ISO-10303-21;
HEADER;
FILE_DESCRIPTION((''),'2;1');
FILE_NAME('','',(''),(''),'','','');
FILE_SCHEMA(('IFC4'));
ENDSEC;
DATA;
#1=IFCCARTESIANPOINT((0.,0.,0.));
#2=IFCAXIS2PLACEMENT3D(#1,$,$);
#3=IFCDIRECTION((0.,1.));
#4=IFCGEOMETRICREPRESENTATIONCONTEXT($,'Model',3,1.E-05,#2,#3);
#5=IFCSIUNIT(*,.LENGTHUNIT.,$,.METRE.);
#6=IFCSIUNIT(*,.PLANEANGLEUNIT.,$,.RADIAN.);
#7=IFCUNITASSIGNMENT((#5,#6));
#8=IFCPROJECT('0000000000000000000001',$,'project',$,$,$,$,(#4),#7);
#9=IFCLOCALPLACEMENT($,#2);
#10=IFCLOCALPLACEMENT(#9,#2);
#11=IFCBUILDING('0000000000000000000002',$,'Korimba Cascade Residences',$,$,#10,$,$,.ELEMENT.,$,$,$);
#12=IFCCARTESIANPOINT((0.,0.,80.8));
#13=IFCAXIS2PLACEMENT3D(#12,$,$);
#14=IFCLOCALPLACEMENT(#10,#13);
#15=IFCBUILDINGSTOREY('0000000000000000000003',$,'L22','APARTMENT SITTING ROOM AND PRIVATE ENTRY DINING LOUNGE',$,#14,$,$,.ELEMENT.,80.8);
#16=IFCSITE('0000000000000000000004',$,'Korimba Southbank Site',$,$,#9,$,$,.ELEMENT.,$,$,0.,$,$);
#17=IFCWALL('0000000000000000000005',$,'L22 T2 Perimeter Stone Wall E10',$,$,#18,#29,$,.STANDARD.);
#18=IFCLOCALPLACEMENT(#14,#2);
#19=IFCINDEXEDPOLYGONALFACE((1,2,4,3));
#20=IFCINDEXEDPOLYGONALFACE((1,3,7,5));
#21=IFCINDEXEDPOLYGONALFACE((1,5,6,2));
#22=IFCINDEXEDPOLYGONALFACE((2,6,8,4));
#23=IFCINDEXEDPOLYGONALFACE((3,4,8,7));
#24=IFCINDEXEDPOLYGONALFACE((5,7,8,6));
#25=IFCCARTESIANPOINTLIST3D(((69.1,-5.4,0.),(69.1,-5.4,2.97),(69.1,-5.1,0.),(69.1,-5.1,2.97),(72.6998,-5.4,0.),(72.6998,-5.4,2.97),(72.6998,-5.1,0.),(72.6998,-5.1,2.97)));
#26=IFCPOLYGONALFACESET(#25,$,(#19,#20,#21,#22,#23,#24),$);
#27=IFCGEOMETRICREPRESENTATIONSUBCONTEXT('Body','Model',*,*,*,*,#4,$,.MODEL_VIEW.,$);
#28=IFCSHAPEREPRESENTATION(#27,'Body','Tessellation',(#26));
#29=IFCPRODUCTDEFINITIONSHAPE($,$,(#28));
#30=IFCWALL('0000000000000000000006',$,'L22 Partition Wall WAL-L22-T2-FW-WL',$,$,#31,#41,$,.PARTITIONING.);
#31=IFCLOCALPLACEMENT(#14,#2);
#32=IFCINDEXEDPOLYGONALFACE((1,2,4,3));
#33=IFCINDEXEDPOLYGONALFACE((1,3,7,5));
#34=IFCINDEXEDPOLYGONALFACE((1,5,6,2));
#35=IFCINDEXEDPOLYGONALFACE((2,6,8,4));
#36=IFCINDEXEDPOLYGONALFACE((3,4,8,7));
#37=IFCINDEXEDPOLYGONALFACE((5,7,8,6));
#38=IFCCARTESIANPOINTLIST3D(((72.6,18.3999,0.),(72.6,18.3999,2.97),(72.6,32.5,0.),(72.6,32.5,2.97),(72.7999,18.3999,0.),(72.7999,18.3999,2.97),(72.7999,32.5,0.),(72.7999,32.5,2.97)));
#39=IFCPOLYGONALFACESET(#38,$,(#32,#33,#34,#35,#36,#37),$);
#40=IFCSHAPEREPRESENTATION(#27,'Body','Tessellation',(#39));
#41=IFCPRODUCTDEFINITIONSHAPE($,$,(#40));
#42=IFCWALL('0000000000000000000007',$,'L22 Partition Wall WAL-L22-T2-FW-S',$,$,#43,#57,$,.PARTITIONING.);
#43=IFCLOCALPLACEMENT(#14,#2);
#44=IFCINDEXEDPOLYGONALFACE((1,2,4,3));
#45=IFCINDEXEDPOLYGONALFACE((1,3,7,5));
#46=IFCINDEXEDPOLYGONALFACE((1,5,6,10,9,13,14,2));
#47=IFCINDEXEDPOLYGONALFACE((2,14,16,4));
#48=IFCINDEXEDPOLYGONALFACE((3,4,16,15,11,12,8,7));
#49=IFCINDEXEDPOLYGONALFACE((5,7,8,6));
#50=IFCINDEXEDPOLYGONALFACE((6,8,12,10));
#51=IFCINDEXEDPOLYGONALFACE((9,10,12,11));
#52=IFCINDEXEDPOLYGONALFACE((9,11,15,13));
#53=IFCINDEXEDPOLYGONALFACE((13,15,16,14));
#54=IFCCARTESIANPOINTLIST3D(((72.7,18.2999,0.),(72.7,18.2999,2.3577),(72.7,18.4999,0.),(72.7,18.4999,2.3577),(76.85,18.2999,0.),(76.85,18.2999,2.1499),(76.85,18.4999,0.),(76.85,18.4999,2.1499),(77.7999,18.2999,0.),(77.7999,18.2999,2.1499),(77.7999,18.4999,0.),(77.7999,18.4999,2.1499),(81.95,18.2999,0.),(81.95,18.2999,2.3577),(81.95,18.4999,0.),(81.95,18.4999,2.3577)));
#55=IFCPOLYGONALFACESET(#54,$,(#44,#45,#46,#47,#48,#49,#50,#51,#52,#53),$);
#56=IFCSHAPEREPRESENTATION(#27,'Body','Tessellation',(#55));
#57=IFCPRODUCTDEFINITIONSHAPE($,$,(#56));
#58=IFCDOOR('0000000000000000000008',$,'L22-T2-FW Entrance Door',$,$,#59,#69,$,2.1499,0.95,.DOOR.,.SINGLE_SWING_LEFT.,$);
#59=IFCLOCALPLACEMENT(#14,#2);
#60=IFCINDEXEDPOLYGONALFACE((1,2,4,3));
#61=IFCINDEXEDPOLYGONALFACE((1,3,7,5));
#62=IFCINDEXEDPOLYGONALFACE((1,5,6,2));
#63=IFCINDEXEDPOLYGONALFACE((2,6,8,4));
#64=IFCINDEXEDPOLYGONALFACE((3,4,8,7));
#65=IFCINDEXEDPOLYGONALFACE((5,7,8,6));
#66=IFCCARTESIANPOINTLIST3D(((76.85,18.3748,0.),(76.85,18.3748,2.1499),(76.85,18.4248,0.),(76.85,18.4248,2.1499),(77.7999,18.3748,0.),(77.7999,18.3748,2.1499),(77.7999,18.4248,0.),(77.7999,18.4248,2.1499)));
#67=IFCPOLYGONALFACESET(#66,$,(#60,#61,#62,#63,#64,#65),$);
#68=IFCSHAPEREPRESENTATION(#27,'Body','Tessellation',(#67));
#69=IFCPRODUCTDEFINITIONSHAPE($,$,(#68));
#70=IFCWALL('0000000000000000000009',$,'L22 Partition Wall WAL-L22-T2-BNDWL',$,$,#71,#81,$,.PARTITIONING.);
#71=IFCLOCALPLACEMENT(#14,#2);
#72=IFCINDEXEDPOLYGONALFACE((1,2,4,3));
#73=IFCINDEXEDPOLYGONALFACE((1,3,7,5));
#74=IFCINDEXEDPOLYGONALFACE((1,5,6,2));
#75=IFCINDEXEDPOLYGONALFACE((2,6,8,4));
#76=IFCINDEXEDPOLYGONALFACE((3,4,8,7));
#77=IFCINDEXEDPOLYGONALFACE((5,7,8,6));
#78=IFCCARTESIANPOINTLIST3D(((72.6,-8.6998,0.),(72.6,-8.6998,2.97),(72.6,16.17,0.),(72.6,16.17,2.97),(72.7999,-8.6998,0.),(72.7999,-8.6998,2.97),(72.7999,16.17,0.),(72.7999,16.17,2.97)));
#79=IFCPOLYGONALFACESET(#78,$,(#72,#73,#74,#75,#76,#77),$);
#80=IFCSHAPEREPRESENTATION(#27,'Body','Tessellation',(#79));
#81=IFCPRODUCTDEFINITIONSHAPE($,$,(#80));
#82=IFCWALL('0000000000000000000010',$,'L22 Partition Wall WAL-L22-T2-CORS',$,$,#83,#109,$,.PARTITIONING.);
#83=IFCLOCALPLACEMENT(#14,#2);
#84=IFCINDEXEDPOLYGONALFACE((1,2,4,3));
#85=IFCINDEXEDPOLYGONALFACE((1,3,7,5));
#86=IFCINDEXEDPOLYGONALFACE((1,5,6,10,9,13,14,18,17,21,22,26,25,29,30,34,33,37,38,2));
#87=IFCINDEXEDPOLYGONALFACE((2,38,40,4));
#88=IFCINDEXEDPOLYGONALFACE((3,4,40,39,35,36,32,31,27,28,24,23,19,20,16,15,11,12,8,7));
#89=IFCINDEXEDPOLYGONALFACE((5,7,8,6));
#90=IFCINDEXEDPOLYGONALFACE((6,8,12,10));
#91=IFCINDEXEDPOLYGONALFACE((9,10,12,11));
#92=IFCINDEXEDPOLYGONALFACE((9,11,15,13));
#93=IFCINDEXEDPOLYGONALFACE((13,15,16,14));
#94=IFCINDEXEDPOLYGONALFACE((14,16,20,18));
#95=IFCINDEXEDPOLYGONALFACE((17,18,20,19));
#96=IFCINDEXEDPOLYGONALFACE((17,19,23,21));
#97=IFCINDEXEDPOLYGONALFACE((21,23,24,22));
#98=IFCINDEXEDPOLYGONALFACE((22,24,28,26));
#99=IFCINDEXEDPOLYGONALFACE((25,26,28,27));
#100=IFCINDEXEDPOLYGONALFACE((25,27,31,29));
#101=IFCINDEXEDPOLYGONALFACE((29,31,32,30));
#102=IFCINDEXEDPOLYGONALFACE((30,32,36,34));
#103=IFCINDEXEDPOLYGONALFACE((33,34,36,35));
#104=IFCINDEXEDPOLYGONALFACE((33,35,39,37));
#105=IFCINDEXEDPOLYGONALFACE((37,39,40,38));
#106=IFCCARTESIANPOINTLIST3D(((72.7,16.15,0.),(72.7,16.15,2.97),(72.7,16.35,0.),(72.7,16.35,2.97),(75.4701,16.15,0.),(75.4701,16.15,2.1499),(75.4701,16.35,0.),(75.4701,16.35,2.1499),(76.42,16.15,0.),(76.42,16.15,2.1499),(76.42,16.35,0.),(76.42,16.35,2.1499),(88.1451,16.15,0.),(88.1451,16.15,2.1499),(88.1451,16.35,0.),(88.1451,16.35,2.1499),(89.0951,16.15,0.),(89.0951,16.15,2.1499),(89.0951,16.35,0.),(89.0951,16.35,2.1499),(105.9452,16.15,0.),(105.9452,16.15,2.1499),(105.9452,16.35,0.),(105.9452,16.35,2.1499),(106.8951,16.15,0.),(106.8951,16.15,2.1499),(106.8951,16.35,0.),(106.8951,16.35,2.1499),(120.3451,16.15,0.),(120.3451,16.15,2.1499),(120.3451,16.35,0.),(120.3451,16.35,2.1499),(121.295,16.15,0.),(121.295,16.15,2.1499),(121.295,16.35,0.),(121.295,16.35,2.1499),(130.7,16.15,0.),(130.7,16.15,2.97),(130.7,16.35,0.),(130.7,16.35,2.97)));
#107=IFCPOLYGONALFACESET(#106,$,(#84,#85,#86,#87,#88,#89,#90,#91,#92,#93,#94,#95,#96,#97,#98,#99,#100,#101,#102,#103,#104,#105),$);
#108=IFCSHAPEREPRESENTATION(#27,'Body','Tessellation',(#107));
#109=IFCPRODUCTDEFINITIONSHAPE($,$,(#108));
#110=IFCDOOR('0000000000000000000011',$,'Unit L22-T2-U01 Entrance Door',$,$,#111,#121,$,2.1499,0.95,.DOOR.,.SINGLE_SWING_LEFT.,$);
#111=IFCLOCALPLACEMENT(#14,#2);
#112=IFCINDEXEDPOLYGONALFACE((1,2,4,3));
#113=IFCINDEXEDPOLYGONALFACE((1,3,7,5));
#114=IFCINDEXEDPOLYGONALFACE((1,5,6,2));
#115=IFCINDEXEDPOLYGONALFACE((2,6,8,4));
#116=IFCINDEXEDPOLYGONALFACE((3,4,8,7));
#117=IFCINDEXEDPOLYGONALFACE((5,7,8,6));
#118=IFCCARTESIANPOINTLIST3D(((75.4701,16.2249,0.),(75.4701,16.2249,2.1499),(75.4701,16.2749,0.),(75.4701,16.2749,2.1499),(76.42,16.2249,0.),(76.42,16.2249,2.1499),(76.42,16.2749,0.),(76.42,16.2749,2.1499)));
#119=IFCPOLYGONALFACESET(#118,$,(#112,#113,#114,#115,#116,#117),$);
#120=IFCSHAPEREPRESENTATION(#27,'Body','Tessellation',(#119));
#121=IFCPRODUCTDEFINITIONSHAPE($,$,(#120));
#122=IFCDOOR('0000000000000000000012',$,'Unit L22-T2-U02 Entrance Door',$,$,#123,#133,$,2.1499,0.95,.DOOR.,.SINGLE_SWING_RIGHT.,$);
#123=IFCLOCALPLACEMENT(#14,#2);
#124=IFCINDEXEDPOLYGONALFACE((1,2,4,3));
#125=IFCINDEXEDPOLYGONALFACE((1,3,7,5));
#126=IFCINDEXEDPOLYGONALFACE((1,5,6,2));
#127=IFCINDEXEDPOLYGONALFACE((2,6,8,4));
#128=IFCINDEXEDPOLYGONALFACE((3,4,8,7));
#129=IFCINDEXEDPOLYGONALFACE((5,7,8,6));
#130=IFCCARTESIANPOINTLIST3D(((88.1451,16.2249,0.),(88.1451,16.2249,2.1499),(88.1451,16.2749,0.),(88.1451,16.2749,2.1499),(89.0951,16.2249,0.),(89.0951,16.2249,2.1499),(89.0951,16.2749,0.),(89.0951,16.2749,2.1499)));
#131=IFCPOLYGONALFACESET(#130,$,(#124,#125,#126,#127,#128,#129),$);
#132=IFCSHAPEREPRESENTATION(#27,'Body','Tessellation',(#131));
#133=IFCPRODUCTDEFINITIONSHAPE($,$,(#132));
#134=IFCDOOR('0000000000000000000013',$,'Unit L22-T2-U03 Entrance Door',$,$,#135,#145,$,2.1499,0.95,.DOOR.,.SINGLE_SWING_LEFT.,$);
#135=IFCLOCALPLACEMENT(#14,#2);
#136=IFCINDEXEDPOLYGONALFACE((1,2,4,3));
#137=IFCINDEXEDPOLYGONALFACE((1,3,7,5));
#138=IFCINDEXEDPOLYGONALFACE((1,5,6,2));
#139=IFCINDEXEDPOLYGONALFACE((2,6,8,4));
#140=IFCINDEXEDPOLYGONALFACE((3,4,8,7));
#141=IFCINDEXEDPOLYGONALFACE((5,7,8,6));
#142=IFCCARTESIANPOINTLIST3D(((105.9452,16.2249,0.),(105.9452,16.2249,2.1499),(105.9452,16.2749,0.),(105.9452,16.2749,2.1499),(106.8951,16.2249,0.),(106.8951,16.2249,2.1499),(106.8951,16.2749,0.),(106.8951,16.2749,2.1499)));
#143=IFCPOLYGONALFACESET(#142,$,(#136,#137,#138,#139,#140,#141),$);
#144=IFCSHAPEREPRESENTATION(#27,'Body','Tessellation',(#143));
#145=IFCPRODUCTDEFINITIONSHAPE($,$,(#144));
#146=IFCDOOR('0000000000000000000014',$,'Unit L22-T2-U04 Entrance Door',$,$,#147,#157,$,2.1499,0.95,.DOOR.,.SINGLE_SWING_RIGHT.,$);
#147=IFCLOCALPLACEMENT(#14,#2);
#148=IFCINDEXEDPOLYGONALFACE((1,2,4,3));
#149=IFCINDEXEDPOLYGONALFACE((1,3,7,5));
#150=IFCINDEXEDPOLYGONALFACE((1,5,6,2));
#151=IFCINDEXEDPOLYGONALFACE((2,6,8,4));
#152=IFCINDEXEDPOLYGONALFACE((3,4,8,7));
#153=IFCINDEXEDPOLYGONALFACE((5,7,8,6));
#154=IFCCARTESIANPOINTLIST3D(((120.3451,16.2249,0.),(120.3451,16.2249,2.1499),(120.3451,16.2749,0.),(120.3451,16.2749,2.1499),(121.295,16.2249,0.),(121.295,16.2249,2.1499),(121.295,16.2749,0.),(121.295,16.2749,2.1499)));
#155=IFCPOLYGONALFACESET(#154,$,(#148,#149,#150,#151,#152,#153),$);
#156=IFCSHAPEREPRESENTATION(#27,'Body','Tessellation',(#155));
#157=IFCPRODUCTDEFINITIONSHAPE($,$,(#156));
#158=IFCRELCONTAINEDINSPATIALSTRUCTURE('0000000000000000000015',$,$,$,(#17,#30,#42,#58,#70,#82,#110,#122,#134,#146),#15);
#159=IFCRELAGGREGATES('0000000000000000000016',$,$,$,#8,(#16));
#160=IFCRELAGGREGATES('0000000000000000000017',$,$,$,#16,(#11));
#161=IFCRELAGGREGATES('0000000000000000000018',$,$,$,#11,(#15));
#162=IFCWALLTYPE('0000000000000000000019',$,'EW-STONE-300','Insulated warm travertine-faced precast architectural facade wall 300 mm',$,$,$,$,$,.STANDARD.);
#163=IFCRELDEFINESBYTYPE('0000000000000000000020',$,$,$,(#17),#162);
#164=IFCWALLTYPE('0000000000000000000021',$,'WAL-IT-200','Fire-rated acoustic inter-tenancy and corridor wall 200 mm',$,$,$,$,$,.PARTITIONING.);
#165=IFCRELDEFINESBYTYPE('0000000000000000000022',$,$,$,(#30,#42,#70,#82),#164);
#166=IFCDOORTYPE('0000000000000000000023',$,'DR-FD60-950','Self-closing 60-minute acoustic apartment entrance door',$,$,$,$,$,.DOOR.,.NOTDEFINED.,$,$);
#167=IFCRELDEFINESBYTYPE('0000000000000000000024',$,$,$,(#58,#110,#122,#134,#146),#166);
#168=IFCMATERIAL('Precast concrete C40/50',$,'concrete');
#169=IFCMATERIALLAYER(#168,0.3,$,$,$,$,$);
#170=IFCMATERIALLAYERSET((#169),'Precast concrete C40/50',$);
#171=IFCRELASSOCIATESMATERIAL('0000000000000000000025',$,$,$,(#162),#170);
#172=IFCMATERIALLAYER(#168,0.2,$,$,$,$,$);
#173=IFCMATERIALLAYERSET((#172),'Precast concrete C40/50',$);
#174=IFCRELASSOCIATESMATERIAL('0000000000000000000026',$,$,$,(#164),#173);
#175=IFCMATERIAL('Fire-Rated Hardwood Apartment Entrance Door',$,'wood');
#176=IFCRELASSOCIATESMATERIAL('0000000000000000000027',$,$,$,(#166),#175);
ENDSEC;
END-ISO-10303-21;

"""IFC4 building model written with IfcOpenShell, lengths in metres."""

from ifc_helpers import new_model, si_unit, direction, frame, frame_2d, origin, place, context, subcontext, project, spatial, rectangle, extrude, material, layer, layer_set, type_object, element, fill, save


model = new_model("IFC4")

# Units and contexts
model_context = context("Model", 3, precision=1e-05, world=origin(), true_north=direction((0.0, 1.0)))
body_context = subcontext(model_context, "Body", "Model", "MODEL_VIEW")
ifc_project = project(units=[si_unit("LENGTHUNIT", "METRE"), si_unit("PLANEANGLEUNIT", "RADIAN")], contexts=[model_context])

# Site, building, storey
site_placement = place(None, origin())
site = spatial("IfcSite", under=ifc_project, at=site_placement, Name="Korimba Southbank Site", CompositionType="ELEMENT", RefElevation=0.0)
building_placement = place(site_placement, origin())
building = spatial("IfcBuilding", under=site, at=building_placement, Name="Korimba Cascade Residences", CompositionType="ELEMENT")
storey_placement = place(building_placement, frame((0.0, 0.0, 80.8)))
storey = spatial("IfcBuildingStorey", under=building, at=storey_placement, Name="L22", Description="APARTMENT SITTING ROOM AND PRIVATE ENTRY DINING LOUNGE", CompositionType="ELEMENT", Elevation=80.8)

# Shared definitions
ifc_material_1 = material(Name="Precast concrete C40/50", Category="concrete")

# Walls
ifc_layer_1 = layer(ifc_material_1, 0.3)
ifc_layer_set_1 = layer_set([ifc_layer_1], Name="Precast concrete C40/50")
wall_type_1 = type_object("IfcWallType", Name="EW-STONE-300", Description="Insulated warm travertine-faced precast architectural facade wall 300 mm", PredefinedType="STANDARD", material=ifc_layer_set_1)
wall_1_placement = place(storey_placement, frame((69.1001, -5.25, 0.0), z_axis=(0.0, 0.0, 1.0), x_axis=(1.0, 0.0, 0.0)))
element("IfcWall", 1, at=wall_1_placement, inside=storey, type_object=wall_type_1, Name="L22 T2 Perimeter Stone Wall E10", PredefinedType="STANDARD", context=body_context, shape_type="SweptSolid", body=[
    extrude(rectangle(XDim=3.5999, YDim=0.3, at=frame_2d((1.7998, 0.0))), origin(), (0.0, 0.0, 1.0), 2.97),
])
ifc_layer_2 = layer(ifc_material_1, 0.2)
ifc_layer_set_2 = layer_set([ifc_layer_2], Name="Precast concrete C40/50")
wall_type_2 = type_object("IfcWallType", Name="WAL-IT-200", Description="Fire-rated acoustic inter-tenancy and corridor wall 200 mm", PredefinedType="PARTITIONING", material=ifc_layer_set_2)
wall_2_placement = place(storey_placement, frame((72.7, 18.3999, 0.0), z_axis=(0.0, 0.0, 1.0), x_axis=(0.0, 1.0, 0.0)))
element("IfcWall", 2, at=wall_2_placement, inside=storey, type_object=wall_type_2, Name="L22 Partition Wall WAL-L22-T2-FW-WL", PredefinedType="PARTITIONING", context=body_context, shape_type="SweptSolid", body=[
    extrude(rectangle(XDim=14.1001, YDim=0.2, at=frame_2d((7.05, 0.0))), origin(), (0.0, 0.0, 1.0), 2.97),
])

# Wall, opening, door
wall_3_placement = place(storey_placement, frame((72.7, 18.3999, 0.0), z_axis=(0.0, 0.0, 1.0), x_axis=(1.0, 0.0, 0.0)))
wall_3 = element("IfcWall", 3, at=wall_3_placement, inside=storey, type_object=wall_type_2, Name="L22 Partition Wall WAL-L22-T2-FW-S", PredefinedType="PARTITIONING", context=body_context, shape_type="SweptSolid", body=[
    extrude(rectangle(XDim=9.25, YDim=0.2, at=frame_2d((4.625, 0.0))), origin(), (0.0, 0.0, 1.0), 2.3577),
])
opening_1_placement = place(wall_3_placement, frame((4.1499, 0.0, 0.0)))
opening_1 = element("IfcOpeningElement", 4, at=opening_1_placement, cuts=wall_3, PredefinedType="OPENING", context=body_context, shape_type="SweptSolid", body=[
    extrude(rectangle(XDim=0.95, YDim=2.1499, at=frame_2d((0.4751, 1.075))), frame((0.0, 0.1099, 0.0), z_axis=(0.0, -1.0, 0.0), x_axis=(1.0, 0.0, 0.0)), (0.0, 0.0, 1.0), 0.22),
])
ifc_material_2 = material(Name="Fire-Rated Hardwood Apartment Entrance Door", Category="wood")
door_type_1 = type_object("IfcDoorType", Name="DR-FD60-950", Description="Self-closing 60-minute acoustic apartment entrance door", OperationType="NOTDEFINED", PredefinedType="DOOR", material=ifc_material_2)
door_1_placement = place(opening_1_placement, origin())
door_1 = element("IfcDoor", 5, at=door_1_placement, inside=storey, type_object=door_type_1, Name="L22-T2-FW Entrance Door", OperationType="SINGLE_SWING_LEFT", OverallHeight=2.1499, OverallWidth=0.95, PredefinedType="DOOR", context=body_context, shape_type="SweptSolid", body=[
    extrude(rectangle(XDim=0.95, YDim=2.1499, at=frame_2d((0.4751, 1.075))), frame((0.0, 0.0249, 0.0), z_axis=(0.0, -1.0, 0.0), x_axis=(1.0, 0.0, 0.0)), (0.0, 0.0, 1.0), 0.05),
])
fill(opening_1, door_1)

# Wall
wall_4_placement = place(storey_placement, frame((72.7, -8.7, 0.0), z_axis=(0.0, 0.0, 1.0), x_axis=(0.0, 1.0, 0.0)))
element("IfcWall", 6, at=wall_4_placement, inside=storey, type_object=wall_type_2, Name="L22 Partition Wall WAL-L22-T2-BNDWL", PredefinedType="PARTITIONING", context=body_context, shape_type="SweptSolid", body=[
    extrude(rectangle(XDim=24.8699, YDim=0.2, at=frame_2d((12.4351, 0.0))), origin(), (0.0, 0.0, 1.0), 2.97),
])

# Wall, openings, doors
wall_5_placement = place(storey_placement, frame((72.7, 16.25, 0.0), z_axis=(0.0, 0.0, 1.0), x_axis=(1.0, 0.0, 0.0)))
wall_5 = element("IfcWall", 7, at=wall_5_placement, inside=storey, type_object=wall_type_2, Name="L22 Partition Wall WAL-L22-T2-CORS", PredefinedType="PARTITIONING", context=body_context, shape_type="SweptSolid", body=[
    extrude(rectangle(XDim=58.0, YDim=0.2, at=frame_2d((29.0, 0.0))), origin(), (0.0, 0.0, 1.0), 2.97),
])
opening_2_placement = place(wall_5_placement, frame((2.77, 0.0, 0.0)))
opening_2 = element("IfcOpeningElement", 8, at=opening_2_placement, cuts=wall_5, PredefinedType="OPENING", context=body_context, shape_type="SweptSolid", body=[
    extrude(rectangle(XDim=0.95, YDim=2.1499, at=frame_2d((0.4751, 1.075))), frame((0.0, 0.1099, 0.0), z_axis=(0.0, -1.0, 0.0), x_axis=(1.0, 0.0, 0.0)), (0.0, 0.0, 1.0), 0.22),
])
opening_3_placement = place(wall_5_placement, frame((15.4451, 0.0, 0.0)))
opening_3 = element("IfcOpeningElement", 9, at=opening_3_placement, cuts=wall_5, PredefinedType="OPENING", context=body_context, shape_type="SweptSolid", body=[
    extrude(rectangle(XDim=0.95, YDim=2.1499, at=frame_2d((0.4751, 1.075))), frame((0.0, 0.1099, 0.0), z_axis=(0.0, -1.0, 0.0), x_axis=(1.0, 0.0, 0.0)), (0.0, 0.0, 1.0), 0.22),
])
opening_4_placement = place(wall_5_placement, frame((33.2451, 0.0, 0.0)))
opening_4 = element("IfcOpeningElement", 10, at=opening_4_placement, cuts=wall_5, PredefinedType="OPENING", context=body_context, shape_type="SweptSolid", body=[
    extrude(rectangle(XDim=0.95, YDim=2.1499, at=frame_2d((0.4751, 1.075))), frame((0.0, 0.1099, 0.0), z_axis=(0.0, -1.0, 0.0), x_axis=(1.0, 0.0, 0.0)), (0.0, 0.0, 1.0), 0.22),
])
opening_5_placement = place(wall_5_placement, frame((47.645, 0.0, 0.0)))
opening_5 = element("IfcOpeningElement", 11, at=opening_5_placement, cuts=wall_5, PredefinedType="OPENING", context=body_context, shape_type="SweptSolid", body=[
    extrude(rectangle(XDim=0.95, YDim=2.1499, at=frame_2d((0.4751, 1.075))), frame((0.0, 0.1099, 0.0), z_axis=(0.0, -1.0, 0.0), x_axis=(1.0, 0.0, 0.0)), (0.0, 0.0, 1.0), 0.22),
])
door_2_placement = place(opening_2_placement, origin())
door_2 = element("IfcDoor", 12, at=door_2_placement, inside=storey, type_object=door_type_1, Name="Unit L22-T2-U01 Entrance Door", OperationType="SINGLE_SWING_LEFT", OverallHeight=2.1499, OverallWidth=0.95, PredefinedType="DOOR", context=body_context, shape_type="SweptSolid", body=[
    extrude(rectangle(XDim=0.95, YDim=2.1499, at=frame_2d((0.4751, 1.075))), frame((0.0, 0.0249, 0.0), z_axis=(0.0, -1.0, 0.0), x_axis=(1.0, 0.0, 0.0)), (0.0, 0.0, 1.0), 0.05),
])
fill(opening_2, door_2)
door_3_placement = place(opening_3_placement, origin())
door_3 = element("IfcDoor", 13, at=door_3_placement, inside=storey, type_object=door_type_1, Name="Unit L22-T2-U02 Entrance Door", OperationType="SINGLE_SWING_RIGHT", OverallHeight=2.1499, OverallWidth=0.95, PredefinedType="DOOR", context=body_context, shape_type="SweptSolid", body=[
    extrude(rectangle(XDim=0.95, YDim=2.1499, at=frame_2d((0.4751, 1.075))), frame((0.0, 0.0249, 0.0), z_axis=(0.0, -1.0, 0.0), x_axis=(1.0, 0.0, 0.0)), (0.0, 0.0, 1.0), 0.05),
])
fill(opening_3, door_3)
door_4_placement = place(opening_4_placement, origin())
door_4 = element("IfcDoor", 14, at=door_4_placement, inside=storey, type_object=door_type_1, Name="Unit L22-T2-U03 Entrance Door", OperationType="SINGLE_SWING_LEFT", OverallHeight=2.1499, OverallWidth=0.95, PredefinedType="DOOR", context=body_context, shape_type="SweptSolid", body=[
    extrude(rectangle(XDim=0.95, YDim=2.1499, at=frame_2d((0.4751, 1.075))), frame((0.0, 0.0249, 0.0), z_axis=(0.0, -1.0, 0.0), x_axis=(1.0, 0.0, 0.0)), (0.0, 0.0, 1.0), 0.05),
])
fill(opening_4, door_4)
door_5_placement = place(opening_5_placement, origin())
door_5 = element("IfcDoor", 15, at=door_5_placement, inside=storey, type_object=door_type_1, Name="Unit L22-T2-U04 Entrance Door", OperationType="SINGLE_SWING_RIGHT", OverallHeight=2.1499, OverallWidth=0.95, PredefinedType="DOOR", context=body_context, shape_type="SweptSolid", body=[
    extrude(rectangle(XDim=0.95, YDim=2.1499, at=frame_2d((0.4751, 1.075))), frame((0.0, 0.0249, 0.0), z_axis=(0.0, -1.0, 0.0), x_axis=(1.0, 0.0, 0.0)), (0.0, 0.0, 1.0), 0.05),
])
fill(opening_5, door_5)

save(model, "model.ifc")
